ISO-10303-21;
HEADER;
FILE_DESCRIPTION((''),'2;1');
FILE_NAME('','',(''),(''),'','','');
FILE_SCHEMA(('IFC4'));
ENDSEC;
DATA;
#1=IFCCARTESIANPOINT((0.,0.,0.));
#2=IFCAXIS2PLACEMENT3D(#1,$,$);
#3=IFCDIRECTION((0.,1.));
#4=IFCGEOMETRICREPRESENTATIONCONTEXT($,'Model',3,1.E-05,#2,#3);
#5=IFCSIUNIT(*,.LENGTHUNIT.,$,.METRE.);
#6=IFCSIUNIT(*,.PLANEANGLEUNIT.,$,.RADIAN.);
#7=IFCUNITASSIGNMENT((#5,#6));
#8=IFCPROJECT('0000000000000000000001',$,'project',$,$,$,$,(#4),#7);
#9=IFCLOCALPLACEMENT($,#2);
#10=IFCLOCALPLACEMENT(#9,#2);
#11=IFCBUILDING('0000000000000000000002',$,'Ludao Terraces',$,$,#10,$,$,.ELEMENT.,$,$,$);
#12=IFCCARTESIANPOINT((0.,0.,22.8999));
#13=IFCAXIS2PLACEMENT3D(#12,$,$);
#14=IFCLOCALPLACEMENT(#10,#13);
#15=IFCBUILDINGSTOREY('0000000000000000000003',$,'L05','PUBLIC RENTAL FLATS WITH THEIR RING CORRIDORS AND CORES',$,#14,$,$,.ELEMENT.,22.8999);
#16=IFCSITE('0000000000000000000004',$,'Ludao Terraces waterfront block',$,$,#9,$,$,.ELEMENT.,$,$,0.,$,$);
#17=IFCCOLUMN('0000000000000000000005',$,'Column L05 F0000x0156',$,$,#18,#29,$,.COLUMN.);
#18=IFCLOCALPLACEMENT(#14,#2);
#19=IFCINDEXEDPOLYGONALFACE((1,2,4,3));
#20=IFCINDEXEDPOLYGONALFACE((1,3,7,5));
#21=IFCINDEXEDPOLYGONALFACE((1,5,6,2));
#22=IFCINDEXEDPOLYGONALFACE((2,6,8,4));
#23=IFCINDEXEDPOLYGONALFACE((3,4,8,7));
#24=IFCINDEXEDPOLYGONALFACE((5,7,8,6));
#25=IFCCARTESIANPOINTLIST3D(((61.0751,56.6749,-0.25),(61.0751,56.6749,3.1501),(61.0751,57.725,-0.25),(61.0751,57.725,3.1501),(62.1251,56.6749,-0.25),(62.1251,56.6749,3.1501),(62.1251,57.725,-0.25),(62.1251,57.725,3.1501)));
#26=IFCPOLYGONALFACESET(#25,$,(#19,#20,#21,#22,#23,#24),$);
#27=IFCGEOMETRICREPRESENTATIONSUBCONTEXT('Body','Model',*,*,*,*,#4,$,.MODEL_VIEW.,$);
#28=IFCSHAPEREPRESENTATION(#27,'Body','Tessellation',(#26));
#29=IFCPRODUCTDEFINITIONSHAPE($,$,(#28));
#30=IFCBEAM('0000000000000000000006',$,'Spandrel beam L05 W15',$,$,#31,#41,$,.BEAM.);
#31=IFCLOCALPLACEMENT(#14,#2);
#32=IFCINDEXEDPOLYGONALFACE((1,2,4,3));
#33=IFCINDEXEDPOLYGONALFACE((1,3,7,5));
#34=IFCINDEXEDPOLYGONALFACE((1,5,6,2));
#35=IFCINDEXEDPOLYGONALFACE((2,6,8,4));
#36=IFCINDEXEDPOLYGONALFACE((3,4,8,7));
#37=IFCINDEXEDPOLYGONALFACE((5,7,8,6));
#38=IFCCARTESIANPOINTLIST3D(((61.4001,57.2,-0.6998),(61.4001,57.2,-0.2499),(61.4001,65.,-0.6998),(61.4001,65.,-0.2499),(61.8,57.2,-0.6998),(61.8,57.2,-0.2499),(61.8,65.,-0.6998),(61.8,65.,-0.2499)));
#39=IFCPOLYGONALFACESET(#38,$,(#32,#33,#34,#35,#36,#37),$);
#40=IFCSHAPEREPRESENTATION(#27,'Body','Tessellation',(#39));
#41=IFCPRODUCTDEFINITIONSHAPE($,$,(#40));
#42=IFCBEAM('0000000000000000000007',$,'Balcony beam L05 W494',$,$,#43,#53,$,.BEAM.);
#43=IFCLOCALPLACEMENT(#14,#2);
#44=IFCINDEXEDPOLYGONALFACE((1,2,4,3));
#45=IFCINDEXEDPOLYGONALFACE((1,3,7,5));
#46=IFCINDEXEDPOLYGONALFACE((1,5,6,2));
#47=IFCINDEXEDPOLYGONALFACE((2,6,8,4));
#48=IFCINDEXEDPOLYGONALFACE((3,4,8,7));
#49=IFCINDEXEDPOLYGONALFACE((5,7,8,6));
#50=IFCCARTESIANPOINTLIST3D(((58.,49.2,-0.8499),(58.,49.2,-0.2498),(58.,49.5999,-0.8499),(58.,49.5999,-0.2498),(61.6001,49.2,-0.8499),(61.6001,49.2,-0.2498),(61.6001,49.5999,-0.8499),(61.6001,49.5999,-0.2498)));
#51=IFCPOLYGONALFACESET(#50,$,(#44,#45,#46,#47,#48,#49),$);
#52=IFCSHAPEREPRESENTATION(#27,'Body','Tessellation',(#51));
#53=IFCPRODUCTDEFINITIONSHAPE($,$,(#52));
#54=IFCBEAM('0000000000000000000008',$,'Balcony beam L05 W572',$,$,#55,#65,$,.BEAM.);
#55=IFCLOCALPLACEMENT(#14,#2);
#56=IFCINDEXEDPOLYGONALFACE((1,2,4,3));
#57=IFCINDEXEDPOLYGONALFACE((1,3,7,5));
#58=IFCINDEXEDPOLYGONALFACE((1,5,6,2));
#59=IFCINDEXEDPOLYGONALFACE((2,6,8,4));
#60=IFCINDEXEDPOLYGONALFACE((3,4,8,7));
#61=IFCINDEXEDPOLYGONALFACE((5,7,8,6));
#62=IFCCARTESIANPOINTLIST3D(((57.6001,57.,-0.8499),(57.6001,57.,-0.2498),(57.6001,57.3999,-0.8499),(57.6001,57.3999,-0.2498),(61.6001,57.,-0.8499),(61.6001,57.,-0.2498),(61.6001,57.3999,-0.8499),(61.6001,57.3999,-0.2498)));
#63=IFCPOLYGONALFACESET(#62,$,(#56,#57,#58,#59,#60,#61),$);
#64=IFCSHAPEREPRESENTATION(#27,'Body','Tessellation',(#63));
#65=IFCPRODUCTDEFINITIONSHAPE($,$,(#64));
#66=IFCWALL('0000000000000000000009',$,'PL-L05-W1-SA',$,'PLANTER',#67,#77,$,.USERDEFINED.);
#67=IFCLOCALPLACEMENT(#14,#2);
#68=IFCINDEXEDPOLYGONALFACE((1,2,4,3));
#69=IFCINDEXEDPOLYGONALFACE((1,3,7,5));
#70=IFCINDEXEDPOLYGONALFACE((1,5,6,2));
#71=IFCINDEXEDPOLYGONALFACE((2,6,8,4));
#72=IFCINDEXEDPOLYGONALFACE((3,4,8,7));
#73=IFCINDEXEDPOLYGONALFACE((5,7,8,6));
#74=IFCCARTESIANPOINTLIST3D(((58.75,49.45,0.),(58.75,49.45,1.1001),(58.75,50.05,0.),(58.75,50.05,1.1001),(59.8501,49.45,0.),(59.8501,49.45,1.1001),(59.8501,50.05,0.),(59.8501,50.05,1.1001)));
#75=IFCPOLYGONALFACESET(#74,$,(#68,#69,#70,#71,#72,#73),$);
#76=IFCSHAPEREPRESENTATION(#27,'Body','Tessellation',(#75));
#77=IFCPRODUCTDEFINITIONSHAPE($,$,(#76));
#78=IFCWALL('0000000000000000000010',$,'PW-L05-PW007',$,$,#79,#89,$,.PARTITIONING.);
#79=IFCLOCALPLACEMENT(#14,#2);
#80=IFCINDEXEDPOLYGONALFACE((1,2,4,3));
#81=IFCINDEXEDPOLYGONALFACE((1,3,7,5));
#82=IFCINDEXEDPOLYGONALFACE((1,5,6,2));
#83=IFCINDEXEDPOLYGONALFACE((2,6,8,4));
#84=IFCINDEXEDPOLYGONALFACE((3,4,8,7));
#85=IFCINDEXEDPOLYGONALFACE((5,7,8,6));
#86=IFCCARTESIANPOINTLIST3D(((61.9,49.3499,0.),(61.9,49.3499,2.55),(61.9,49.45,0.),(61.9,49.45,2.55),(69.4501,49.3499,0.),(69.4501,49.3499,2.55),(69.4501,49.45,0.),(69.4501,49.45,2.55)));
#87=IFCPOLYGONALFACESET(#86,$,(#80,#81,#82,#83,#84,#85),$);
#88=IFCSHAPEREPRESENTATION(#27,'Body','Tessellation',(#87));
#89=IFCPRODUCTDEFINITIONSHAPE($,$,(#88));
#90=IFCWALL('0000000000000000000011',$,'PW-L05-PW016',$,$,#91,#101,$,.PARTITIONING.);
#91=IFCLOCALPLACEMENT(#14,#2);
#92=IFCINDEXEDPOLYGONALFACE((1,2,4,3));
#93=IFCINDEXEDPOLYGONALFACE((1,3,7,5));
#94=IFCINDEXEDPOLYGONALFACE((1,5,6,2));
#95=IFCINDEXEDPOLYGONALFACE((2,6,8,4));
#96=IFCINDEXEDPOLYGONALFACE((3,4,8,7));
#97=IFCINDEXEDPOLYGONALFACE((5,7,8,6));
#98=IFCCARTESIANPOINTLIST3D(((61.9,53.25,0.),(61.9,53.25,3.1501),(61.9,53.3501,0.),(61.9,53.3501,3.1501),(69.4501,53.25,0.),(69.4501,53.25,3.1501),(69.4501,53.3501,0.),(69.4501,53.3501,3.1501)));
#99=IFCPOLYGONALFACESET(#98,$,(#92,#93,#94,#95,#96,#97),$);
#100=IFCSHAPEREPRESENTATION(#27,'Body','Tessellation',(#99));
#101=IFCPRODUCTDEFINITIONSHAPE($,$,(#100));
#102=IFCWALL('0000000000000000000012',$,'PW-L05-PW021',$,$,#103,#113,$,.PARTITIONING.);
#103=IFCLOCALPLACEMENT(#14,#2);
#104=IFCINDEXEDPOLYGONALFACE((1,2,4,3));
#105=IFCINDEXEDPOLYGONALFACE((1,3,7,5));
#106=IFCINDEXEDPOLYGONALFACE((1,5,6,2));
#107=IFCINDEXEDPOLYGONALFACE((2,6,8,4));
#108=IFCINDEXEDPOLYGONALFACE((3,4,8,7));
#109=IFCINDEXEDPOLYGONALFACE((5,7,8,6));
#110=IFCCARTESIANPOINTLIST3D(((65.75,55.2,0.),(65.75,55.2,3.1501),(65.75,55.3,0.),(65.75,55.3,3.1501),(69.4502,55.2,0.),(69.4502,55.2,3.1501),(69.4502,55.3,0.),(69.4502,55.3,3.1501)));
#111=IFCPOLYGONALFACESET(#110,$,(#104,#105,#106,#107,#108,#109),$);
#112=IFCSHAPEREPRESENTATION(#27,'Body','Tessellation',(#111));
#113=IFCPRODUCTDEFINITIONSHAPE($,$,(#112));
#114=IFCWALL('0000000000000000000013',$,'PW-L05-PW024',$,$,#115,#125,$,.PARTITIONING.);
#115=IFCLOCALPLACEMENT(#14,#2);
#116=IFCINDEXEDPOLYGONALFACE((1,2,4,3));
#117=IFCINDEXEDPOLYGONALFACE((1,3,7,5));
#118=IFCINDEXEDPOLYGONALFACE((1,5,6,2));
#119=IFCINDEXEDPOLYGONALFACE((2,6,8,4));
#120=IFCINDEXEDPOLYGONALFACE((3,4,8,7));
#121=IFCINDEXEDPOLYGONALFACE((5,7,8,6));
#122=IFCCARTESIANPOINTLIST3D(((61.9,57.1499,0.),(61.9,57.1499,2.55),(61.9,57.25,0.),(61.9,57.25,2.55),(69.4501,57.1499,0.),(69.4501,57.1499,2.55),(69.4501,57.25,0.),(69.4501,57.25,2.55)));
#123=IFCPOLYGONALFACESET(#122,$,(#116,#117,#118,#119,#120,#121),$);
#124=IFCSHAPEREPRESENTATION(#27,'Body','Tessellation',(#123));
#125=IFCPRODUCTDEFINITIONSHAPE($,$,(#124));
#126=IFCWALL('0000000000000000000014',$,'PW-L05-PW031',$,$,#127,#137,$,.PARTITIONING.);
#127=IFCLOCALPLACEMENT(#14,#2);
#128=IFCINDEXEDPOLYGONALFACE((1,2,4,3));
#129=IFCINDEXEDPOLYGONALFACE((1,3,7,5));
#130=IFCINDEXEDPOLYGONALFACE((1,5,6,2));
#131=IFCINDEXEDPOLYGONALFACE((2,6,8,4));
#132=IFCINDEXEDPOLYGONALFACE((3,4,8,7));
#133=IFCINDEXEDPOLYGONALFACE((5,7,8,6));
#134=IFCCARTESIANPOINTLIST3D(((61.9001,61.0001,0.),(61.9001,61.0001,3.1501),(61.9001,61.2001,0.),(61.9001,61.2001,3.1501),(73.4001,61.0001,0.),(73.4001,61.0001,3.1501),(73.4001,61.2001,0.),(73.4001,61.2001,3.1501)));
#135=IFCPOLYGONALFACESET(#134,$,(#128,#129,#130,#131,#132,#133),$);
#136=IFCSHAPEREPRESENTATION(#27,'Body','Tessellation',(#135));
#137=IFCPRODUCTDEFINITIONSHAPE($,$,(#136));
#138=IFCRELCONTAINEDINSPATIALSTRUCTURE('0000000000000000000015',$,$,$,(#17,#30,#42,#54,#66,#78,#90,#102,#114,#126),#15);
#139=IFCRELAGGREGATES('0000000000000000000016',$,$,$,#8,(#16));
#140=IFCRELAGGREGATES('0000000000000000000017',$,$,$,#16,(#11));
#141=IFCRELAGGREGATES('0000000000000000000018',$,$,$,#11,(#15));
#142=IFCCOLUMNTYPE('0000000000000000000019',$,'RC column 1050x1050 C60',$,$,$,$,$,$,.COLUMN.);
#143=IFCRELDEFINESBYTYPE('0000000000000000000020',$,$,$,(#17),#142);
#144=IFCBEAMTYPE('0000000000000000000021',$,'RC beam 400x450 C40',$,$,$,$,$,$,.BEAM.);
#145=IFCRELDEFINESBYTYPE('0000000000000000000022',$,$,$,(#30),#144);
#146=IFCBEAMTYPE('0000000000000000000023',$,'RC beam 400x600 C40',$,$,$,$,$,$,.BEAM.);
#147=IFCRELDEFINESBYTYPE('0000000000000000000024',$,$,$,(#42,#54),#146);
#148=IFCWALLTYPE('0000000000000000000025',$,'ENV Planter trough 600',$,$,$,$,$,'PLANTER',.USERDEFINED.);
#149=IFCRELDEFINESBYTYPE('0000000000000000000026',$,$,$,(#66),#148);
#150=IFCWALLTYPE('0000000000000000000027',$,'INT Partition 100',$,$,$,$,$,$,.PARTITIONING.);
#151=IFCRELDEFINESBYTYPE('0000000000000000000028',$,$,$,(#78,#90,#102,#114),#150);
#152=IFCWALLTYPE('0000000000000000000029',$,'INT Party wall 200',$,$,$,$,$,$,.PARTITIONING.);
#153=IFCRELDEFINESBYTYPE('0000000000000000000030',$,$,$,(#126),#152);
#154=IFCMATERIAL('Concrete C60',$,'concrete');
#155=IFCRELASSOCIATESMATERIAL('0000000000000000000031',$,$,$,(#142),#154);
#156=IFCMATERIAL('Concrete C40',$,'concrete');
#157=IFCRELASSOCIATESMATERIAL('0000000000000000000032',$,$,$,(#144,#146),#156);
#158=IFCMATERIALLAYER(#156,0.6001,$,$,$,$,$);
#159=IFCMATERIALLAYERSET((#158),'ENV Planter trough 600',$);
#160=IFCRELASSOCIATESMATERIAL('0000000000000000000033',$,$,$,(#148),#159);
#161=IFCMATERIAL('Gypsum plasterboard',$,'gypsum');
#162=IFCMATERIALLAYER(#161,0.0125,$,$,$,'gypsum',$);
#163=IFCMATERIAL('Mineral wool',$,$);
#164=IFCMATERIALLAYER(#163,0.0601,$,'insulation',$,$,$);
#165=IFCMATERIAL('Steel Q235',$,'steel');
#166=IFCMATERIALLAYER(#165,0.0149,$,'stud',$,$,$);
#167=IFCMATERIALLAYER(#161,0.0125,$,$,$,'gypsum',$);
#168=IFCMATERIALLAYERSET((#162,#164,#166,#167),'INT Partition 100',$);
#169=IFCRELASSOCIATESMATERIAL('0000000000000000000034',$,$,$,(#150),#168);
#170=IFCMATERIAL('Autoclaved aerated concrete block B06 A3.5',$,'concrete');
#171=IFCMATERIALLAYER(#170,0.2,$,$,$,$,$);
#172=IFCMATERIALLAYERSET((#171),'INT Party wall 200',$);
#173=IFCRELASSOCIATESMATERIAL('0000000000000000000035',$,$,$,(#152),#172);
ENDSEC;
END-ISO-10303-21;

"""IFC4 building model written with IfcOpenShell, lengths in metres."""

from ifc_helpers import new_model, si_unit, direction, frame, frame_2d, origin, origin_2d, place, context, subcontext, project, spatial, rectangle, extrude, material, layer, layer_set, material_profile, profile_set, type_object, element, save


model = new_model("IFC4")

# Units and contexts
model_context = context("Model", 3, precision=1e-05, world=origin(), true_north=direction((0.0, 1.0)))
body_context = subcontext(model_context, "Body", "Model", "MODEL_VIEW")
ifc_project = project(units=[si_unit("LENGTHUNIT", "METRE"), si_unit("PLANEANGLEUNIT", "RADIAN")], contexts=[model_context])

# Site, building, storey
site_placement = place(None, origin())
site = spatial("IfcSite", under=ifc_project, at=site_placement, Name="Ludao Terraces waterfront block", CompositionType="ELEMENT", RefElevation=0.0)
building_placement = place(site_placement, origin())
building = spatial("IfcBuilding", under=site, at=building_placement, Name="Ludao Terraces", CompositionType="ELEMENT")
storey_placement = place(building_placement, frame((0.0, 0.0, 22.8999)))
storey = spatial("IfcBuildingStorey", under=building, at=storey_placement, Name="L05", Description="PUBLIC RENTAL FLATS WITH THEIR RING CORRIDORS AND CORES", CompositionType="ELEMENT", Elevation=22.8999)

# Column
ifc_material_1 = material(Name="Concrete C60", Category="concrete")
ifc_material_profile_1 = material_profile(ifc_material_1, rectangle(XDim=1.05, YDim=1.05, at=origin_2d()), Name="1050 X 1050")
ifc_profile_set_1 = profile_set([ifc_material_profile_1], Name="Concrete C60")
column_type = type_object("IfcColumnType", Name="RC column 1050x1050 C60", PredefinedType="COLUMN", material=ifc_profile_set_1)
column_placement = place(storey_placement, frame((61.6001, 57.2, -0.25), z_axis=(0.0, 0.0, 1.0), x_axis=(1.0, 0.0, 0.0)))
element("IfcColumn", 1, at=column_placement, inside=storey, type_object=column_type, Name="Column L05 F0000x0156", PredefinedType="COLUMN", context=body_context, shape_type="SweptSolid", body=[
    extrude(rectangle(XDim=1.05, YDim=1.05, at=origin_2d()), origin(), (0.0, 0.0, 1.0), 3.4001),
])

# Beams
ifc_material_2 = material(Name="Concrete C40", Category="concrete")
ifc_material_profile_2 = material_profile(ifc_material_2, rectangle(XDim=0.3999, YDim=0.45, at=origin_2d()), Name="400 X 450")
ifc_profile_set_2 = profile_set([ifc_material_profile_2], Name="Concrete C40")
beam_type_1 = type_object("IfcBeamType", Name="RC beam 400x450 C40", PredefinedType="BEAM", material=ifc_profile_set_2)
beam_1_placement = place(storey_placement, frame((61.6001, 57.2, -0.4749), z_axis=(0.0, 1.0, 0.0), x_axis=(-1.0, 0.0, 0.0)))
element("IfcBeam", 2, at=beam_1_placement, inside=storey, type_object=beam_type_1, Name="Spandrel beam L05 W15", PredefinedType="BEAM", context=body_context, shape_type="SweptSolid", body=[
    extrude(rectangle(XDim=0.3999, YDim=0.45, at=origin_2d()), origin(), (0.0, 0.0, 1.0), 7.8),
])
ifc_material_profile_3 = material_profile(ifc_material_2, rectangle(XDim=0.3999, YDim=0.6001, at=origin_2d()), Name="400 X 600")
ifc_profile_set_3 = profile_set([ifc_material_profile_3], Name="Concrete C40")
beam_type_2 = type_object("IfcBeamType", Name="RC beam 400x600 C40", PredefinedType="BEAM", material=ifc_profile_set_3)
beam_2_placement = place(storey_placement, frame((61.6001, 49.3999, -0.5498), z_axis=(-1.0, 0.0, 0.0), x_axis=(0.0, -1.0, 0.0)))
element("IfcBeam", 3, at=beam_2_placement, inside=storey, type_object=beam_type_2, Name="Balcony beam L05 W494", PredefinedType="BEAM", context=body_context, shape_type="SweptSolid", body=[
    extrude(rectangle(XDim=0.3999, YDim=0.6001, at=origin_2d()), origin(), (0.0, 0.0, 1.0), 3.6001),
])
beam_3_placement = place(storey_placement, frame((61.6001, 57.2, -0.5498), z_axis=(-1.0, 0.0, 0.0), x_axis=(0.0, -1.0, 0.0)))
element("IfcBeam", 4, at=beam_3_placement, inside=storey, type_object=beam_type_2, Name="Balcony beam L05 W572", PredefinedType="BEAM", context=body_context, shape_type="SweptSolid", body=[
    extrude(rectangle(XDim=0.3999, YDim=0.6001, at=origin_2d()), origin(), (0.0, 0.0, 1.0), 4.0),
])

# Wall
ifc_layer_1 = layer(ifc_material_2, 0.6001)
ifc_layer_set_1 = layer_set([ifc_layer_1], Name="ENV Planter trough 600")
wall_type_1 = type_object("IfcWallType", Name="ENV Planter trough 600", ElementType="PLANTER", PredefinedType="USERDEFINED", material=ifc_layer_set_1)
wall_1_placement = place(storey_placement, frame((58.75, 49.75, 0.0), z_axis=(0.0, 0.0, 1.0), x_axis=(1.0, 0.0, 0.0)))
element("IfcWall", 5, at=wall_1_placement, inside=storey, type_object=wall_type_1, Name="PL-L05-W1-SA", ObjectType="PLANTER", PredefinedType="USERDEFINED", context=body_context, shape_type="SweptSolid", body=[
    extrude(rectangle(XDim=1.1001, YDim=0.6001, at=frame_2d((0.55, 0.0))), origin(), (0.0, 0.0, 1.0), 1.1001),
])

# Shared definitions
ifc_material_3 = material(Name="Mineral wool")

# Walls
ifc_material_4 = material(Name="Gypsum plasterboard", Category="gypsum")
ifc_layer_2 = layer(ifc_material_4, 0.0125, Category="gypsum")
ifc_layer_3 = layer(ifc_material_3, 0.0601, Name="insulation")
ifc_material_5 = material(Name="Steel Q235", Category="steel")
ifc_layer_4 = layer(ifc_material_5, 0.0149, Name="stud")
ifc_layer_5 = layer(ifc_material_4, 0.0125, Category="gypsum")
ifc_layer_set_2 = layer_set([ifc_layer_2, ifc_layer_3, ifc_layer_4, ifc_layer_5], Name="INT Partition 100")
wall_type_2 = type_object("IfcWallType", Name="INT Partition 100", PredefinedType="PARTITIONING", material=ifc_layer_set_2)
wall_2_placement = place(storey_placement, frame((61.9001, 49.3999, 0.0), z_axis=(0.0, 0.0, 1.0), x_axis=(1.0, 0.0, 0.0)))
element("IfcWall", 6, at=wall_2_placement, inside=storey, type_object=wall_type_2, Name="PW-L05-PW007", PredefinedType="PARTITIONING", context=body_context, shape_type="SweptSolid", body=[
    extrude(rectangle(XDim=7.55, YDim=0.1001, at=frame_2d((3.7749, 0.0))), origin(), (0.0, 0.0, 1.0), 2.55),
])
wall_3_placement = place(storey_placement, frame((61.9001, 53.3, 0.0), z_axis=(0.0, 0.0, 1.0), x_axis=(1.0, 0.0, 0.0)))
element("IfcWall", 7, at=wall_3_placement, inside=storey, type_object=wall_type_2, Name="PW-L05-PW016", PredefinedType="PARTITIONING", context=body_context, shape_type="SweptSolid", body=[
    extrude(rectangle(XDim=7.55, YDim=0.1001, at=frame_2d((3.7749, 0.0))), origin(), (0.0, 0.0, 1.0), 3.1501),
])
wall_4_placement = place(storey_placement, frame((65.75, 55.25, 0.0), z_axis=(0.0, 0.0, 1.0), x_axis=(1.0, 0.0, 0.0)))
element("IfcWall", 8, at=wall_4_placement, inside=storey, type_object=wall_type_2, Name="PW-L05-PW021", PredefinedType="PARTITIONING", context=body_context, shape_type="SweptSolid", body=[
    extrude(rectangle(XDim=3.7002, YDim=0.1001, at=frame_2d((1.8501, 0.0))), origin(), (0.0, 0.0, 1.0), 3.1501),
])
wall_5_placement = place(storey_placement, frame((61.9001, 57.2, 0.0), z_axis=(0.0, 0.0, 1.0), x_axis=(1.0, 0.0, 0.0)))
element("IfcWall", 9, at=wall_5_placement, inside=storey, type_object=wall_type_2, Name="PW-L05-PW024", PredefinedType="PARTITIONING", context=body_context, shape_type="SweptSolid", body=[
    extrude(rectangle(XDim=7.55, YDim=0.1001, at=frame_2d((3.7749, 0.0))), origin(), (0.0, 0.0, 1.0), 2.55),
])
ifc_material_6 = material(Name="Autoclaved aerated concrete block B06 A3.5", Category="concrete")
ifc_layer_6 = layer(ifc_material_6, 0.2)
ifc_layer_set_3 = layer_set([ifc_layer_6], Name="INT Party wall 200")
wall_type_3 = type_object("IfcWallType", Name="INT Party wall 200", PredefinedType="PARTITIONING", material=ifc_layer_set_3)
wall_6_placement = place(storey_placement, frame((61.9001, 61.1001, 0.0), z_axis=(0.0, 0.0, 1.0), x_axis=(1.0, 0.0, 0.0)))
element("IfcWall", 10, at=wall_6_placement, inside=storey, type_object=wall_type_3, Name="PW-L05-PW031", PredefinedType="PARTITIONING", context=body_context, shape_type="SweptSolid", body=[
    extrude(rectangle(XDim=11.5, YDim=0.2, at=frame_2d((5.75, 0.0))), origin(), (0.0, 0.0, 1.0), 3.1501),
])

save(model, "model.ifc")
